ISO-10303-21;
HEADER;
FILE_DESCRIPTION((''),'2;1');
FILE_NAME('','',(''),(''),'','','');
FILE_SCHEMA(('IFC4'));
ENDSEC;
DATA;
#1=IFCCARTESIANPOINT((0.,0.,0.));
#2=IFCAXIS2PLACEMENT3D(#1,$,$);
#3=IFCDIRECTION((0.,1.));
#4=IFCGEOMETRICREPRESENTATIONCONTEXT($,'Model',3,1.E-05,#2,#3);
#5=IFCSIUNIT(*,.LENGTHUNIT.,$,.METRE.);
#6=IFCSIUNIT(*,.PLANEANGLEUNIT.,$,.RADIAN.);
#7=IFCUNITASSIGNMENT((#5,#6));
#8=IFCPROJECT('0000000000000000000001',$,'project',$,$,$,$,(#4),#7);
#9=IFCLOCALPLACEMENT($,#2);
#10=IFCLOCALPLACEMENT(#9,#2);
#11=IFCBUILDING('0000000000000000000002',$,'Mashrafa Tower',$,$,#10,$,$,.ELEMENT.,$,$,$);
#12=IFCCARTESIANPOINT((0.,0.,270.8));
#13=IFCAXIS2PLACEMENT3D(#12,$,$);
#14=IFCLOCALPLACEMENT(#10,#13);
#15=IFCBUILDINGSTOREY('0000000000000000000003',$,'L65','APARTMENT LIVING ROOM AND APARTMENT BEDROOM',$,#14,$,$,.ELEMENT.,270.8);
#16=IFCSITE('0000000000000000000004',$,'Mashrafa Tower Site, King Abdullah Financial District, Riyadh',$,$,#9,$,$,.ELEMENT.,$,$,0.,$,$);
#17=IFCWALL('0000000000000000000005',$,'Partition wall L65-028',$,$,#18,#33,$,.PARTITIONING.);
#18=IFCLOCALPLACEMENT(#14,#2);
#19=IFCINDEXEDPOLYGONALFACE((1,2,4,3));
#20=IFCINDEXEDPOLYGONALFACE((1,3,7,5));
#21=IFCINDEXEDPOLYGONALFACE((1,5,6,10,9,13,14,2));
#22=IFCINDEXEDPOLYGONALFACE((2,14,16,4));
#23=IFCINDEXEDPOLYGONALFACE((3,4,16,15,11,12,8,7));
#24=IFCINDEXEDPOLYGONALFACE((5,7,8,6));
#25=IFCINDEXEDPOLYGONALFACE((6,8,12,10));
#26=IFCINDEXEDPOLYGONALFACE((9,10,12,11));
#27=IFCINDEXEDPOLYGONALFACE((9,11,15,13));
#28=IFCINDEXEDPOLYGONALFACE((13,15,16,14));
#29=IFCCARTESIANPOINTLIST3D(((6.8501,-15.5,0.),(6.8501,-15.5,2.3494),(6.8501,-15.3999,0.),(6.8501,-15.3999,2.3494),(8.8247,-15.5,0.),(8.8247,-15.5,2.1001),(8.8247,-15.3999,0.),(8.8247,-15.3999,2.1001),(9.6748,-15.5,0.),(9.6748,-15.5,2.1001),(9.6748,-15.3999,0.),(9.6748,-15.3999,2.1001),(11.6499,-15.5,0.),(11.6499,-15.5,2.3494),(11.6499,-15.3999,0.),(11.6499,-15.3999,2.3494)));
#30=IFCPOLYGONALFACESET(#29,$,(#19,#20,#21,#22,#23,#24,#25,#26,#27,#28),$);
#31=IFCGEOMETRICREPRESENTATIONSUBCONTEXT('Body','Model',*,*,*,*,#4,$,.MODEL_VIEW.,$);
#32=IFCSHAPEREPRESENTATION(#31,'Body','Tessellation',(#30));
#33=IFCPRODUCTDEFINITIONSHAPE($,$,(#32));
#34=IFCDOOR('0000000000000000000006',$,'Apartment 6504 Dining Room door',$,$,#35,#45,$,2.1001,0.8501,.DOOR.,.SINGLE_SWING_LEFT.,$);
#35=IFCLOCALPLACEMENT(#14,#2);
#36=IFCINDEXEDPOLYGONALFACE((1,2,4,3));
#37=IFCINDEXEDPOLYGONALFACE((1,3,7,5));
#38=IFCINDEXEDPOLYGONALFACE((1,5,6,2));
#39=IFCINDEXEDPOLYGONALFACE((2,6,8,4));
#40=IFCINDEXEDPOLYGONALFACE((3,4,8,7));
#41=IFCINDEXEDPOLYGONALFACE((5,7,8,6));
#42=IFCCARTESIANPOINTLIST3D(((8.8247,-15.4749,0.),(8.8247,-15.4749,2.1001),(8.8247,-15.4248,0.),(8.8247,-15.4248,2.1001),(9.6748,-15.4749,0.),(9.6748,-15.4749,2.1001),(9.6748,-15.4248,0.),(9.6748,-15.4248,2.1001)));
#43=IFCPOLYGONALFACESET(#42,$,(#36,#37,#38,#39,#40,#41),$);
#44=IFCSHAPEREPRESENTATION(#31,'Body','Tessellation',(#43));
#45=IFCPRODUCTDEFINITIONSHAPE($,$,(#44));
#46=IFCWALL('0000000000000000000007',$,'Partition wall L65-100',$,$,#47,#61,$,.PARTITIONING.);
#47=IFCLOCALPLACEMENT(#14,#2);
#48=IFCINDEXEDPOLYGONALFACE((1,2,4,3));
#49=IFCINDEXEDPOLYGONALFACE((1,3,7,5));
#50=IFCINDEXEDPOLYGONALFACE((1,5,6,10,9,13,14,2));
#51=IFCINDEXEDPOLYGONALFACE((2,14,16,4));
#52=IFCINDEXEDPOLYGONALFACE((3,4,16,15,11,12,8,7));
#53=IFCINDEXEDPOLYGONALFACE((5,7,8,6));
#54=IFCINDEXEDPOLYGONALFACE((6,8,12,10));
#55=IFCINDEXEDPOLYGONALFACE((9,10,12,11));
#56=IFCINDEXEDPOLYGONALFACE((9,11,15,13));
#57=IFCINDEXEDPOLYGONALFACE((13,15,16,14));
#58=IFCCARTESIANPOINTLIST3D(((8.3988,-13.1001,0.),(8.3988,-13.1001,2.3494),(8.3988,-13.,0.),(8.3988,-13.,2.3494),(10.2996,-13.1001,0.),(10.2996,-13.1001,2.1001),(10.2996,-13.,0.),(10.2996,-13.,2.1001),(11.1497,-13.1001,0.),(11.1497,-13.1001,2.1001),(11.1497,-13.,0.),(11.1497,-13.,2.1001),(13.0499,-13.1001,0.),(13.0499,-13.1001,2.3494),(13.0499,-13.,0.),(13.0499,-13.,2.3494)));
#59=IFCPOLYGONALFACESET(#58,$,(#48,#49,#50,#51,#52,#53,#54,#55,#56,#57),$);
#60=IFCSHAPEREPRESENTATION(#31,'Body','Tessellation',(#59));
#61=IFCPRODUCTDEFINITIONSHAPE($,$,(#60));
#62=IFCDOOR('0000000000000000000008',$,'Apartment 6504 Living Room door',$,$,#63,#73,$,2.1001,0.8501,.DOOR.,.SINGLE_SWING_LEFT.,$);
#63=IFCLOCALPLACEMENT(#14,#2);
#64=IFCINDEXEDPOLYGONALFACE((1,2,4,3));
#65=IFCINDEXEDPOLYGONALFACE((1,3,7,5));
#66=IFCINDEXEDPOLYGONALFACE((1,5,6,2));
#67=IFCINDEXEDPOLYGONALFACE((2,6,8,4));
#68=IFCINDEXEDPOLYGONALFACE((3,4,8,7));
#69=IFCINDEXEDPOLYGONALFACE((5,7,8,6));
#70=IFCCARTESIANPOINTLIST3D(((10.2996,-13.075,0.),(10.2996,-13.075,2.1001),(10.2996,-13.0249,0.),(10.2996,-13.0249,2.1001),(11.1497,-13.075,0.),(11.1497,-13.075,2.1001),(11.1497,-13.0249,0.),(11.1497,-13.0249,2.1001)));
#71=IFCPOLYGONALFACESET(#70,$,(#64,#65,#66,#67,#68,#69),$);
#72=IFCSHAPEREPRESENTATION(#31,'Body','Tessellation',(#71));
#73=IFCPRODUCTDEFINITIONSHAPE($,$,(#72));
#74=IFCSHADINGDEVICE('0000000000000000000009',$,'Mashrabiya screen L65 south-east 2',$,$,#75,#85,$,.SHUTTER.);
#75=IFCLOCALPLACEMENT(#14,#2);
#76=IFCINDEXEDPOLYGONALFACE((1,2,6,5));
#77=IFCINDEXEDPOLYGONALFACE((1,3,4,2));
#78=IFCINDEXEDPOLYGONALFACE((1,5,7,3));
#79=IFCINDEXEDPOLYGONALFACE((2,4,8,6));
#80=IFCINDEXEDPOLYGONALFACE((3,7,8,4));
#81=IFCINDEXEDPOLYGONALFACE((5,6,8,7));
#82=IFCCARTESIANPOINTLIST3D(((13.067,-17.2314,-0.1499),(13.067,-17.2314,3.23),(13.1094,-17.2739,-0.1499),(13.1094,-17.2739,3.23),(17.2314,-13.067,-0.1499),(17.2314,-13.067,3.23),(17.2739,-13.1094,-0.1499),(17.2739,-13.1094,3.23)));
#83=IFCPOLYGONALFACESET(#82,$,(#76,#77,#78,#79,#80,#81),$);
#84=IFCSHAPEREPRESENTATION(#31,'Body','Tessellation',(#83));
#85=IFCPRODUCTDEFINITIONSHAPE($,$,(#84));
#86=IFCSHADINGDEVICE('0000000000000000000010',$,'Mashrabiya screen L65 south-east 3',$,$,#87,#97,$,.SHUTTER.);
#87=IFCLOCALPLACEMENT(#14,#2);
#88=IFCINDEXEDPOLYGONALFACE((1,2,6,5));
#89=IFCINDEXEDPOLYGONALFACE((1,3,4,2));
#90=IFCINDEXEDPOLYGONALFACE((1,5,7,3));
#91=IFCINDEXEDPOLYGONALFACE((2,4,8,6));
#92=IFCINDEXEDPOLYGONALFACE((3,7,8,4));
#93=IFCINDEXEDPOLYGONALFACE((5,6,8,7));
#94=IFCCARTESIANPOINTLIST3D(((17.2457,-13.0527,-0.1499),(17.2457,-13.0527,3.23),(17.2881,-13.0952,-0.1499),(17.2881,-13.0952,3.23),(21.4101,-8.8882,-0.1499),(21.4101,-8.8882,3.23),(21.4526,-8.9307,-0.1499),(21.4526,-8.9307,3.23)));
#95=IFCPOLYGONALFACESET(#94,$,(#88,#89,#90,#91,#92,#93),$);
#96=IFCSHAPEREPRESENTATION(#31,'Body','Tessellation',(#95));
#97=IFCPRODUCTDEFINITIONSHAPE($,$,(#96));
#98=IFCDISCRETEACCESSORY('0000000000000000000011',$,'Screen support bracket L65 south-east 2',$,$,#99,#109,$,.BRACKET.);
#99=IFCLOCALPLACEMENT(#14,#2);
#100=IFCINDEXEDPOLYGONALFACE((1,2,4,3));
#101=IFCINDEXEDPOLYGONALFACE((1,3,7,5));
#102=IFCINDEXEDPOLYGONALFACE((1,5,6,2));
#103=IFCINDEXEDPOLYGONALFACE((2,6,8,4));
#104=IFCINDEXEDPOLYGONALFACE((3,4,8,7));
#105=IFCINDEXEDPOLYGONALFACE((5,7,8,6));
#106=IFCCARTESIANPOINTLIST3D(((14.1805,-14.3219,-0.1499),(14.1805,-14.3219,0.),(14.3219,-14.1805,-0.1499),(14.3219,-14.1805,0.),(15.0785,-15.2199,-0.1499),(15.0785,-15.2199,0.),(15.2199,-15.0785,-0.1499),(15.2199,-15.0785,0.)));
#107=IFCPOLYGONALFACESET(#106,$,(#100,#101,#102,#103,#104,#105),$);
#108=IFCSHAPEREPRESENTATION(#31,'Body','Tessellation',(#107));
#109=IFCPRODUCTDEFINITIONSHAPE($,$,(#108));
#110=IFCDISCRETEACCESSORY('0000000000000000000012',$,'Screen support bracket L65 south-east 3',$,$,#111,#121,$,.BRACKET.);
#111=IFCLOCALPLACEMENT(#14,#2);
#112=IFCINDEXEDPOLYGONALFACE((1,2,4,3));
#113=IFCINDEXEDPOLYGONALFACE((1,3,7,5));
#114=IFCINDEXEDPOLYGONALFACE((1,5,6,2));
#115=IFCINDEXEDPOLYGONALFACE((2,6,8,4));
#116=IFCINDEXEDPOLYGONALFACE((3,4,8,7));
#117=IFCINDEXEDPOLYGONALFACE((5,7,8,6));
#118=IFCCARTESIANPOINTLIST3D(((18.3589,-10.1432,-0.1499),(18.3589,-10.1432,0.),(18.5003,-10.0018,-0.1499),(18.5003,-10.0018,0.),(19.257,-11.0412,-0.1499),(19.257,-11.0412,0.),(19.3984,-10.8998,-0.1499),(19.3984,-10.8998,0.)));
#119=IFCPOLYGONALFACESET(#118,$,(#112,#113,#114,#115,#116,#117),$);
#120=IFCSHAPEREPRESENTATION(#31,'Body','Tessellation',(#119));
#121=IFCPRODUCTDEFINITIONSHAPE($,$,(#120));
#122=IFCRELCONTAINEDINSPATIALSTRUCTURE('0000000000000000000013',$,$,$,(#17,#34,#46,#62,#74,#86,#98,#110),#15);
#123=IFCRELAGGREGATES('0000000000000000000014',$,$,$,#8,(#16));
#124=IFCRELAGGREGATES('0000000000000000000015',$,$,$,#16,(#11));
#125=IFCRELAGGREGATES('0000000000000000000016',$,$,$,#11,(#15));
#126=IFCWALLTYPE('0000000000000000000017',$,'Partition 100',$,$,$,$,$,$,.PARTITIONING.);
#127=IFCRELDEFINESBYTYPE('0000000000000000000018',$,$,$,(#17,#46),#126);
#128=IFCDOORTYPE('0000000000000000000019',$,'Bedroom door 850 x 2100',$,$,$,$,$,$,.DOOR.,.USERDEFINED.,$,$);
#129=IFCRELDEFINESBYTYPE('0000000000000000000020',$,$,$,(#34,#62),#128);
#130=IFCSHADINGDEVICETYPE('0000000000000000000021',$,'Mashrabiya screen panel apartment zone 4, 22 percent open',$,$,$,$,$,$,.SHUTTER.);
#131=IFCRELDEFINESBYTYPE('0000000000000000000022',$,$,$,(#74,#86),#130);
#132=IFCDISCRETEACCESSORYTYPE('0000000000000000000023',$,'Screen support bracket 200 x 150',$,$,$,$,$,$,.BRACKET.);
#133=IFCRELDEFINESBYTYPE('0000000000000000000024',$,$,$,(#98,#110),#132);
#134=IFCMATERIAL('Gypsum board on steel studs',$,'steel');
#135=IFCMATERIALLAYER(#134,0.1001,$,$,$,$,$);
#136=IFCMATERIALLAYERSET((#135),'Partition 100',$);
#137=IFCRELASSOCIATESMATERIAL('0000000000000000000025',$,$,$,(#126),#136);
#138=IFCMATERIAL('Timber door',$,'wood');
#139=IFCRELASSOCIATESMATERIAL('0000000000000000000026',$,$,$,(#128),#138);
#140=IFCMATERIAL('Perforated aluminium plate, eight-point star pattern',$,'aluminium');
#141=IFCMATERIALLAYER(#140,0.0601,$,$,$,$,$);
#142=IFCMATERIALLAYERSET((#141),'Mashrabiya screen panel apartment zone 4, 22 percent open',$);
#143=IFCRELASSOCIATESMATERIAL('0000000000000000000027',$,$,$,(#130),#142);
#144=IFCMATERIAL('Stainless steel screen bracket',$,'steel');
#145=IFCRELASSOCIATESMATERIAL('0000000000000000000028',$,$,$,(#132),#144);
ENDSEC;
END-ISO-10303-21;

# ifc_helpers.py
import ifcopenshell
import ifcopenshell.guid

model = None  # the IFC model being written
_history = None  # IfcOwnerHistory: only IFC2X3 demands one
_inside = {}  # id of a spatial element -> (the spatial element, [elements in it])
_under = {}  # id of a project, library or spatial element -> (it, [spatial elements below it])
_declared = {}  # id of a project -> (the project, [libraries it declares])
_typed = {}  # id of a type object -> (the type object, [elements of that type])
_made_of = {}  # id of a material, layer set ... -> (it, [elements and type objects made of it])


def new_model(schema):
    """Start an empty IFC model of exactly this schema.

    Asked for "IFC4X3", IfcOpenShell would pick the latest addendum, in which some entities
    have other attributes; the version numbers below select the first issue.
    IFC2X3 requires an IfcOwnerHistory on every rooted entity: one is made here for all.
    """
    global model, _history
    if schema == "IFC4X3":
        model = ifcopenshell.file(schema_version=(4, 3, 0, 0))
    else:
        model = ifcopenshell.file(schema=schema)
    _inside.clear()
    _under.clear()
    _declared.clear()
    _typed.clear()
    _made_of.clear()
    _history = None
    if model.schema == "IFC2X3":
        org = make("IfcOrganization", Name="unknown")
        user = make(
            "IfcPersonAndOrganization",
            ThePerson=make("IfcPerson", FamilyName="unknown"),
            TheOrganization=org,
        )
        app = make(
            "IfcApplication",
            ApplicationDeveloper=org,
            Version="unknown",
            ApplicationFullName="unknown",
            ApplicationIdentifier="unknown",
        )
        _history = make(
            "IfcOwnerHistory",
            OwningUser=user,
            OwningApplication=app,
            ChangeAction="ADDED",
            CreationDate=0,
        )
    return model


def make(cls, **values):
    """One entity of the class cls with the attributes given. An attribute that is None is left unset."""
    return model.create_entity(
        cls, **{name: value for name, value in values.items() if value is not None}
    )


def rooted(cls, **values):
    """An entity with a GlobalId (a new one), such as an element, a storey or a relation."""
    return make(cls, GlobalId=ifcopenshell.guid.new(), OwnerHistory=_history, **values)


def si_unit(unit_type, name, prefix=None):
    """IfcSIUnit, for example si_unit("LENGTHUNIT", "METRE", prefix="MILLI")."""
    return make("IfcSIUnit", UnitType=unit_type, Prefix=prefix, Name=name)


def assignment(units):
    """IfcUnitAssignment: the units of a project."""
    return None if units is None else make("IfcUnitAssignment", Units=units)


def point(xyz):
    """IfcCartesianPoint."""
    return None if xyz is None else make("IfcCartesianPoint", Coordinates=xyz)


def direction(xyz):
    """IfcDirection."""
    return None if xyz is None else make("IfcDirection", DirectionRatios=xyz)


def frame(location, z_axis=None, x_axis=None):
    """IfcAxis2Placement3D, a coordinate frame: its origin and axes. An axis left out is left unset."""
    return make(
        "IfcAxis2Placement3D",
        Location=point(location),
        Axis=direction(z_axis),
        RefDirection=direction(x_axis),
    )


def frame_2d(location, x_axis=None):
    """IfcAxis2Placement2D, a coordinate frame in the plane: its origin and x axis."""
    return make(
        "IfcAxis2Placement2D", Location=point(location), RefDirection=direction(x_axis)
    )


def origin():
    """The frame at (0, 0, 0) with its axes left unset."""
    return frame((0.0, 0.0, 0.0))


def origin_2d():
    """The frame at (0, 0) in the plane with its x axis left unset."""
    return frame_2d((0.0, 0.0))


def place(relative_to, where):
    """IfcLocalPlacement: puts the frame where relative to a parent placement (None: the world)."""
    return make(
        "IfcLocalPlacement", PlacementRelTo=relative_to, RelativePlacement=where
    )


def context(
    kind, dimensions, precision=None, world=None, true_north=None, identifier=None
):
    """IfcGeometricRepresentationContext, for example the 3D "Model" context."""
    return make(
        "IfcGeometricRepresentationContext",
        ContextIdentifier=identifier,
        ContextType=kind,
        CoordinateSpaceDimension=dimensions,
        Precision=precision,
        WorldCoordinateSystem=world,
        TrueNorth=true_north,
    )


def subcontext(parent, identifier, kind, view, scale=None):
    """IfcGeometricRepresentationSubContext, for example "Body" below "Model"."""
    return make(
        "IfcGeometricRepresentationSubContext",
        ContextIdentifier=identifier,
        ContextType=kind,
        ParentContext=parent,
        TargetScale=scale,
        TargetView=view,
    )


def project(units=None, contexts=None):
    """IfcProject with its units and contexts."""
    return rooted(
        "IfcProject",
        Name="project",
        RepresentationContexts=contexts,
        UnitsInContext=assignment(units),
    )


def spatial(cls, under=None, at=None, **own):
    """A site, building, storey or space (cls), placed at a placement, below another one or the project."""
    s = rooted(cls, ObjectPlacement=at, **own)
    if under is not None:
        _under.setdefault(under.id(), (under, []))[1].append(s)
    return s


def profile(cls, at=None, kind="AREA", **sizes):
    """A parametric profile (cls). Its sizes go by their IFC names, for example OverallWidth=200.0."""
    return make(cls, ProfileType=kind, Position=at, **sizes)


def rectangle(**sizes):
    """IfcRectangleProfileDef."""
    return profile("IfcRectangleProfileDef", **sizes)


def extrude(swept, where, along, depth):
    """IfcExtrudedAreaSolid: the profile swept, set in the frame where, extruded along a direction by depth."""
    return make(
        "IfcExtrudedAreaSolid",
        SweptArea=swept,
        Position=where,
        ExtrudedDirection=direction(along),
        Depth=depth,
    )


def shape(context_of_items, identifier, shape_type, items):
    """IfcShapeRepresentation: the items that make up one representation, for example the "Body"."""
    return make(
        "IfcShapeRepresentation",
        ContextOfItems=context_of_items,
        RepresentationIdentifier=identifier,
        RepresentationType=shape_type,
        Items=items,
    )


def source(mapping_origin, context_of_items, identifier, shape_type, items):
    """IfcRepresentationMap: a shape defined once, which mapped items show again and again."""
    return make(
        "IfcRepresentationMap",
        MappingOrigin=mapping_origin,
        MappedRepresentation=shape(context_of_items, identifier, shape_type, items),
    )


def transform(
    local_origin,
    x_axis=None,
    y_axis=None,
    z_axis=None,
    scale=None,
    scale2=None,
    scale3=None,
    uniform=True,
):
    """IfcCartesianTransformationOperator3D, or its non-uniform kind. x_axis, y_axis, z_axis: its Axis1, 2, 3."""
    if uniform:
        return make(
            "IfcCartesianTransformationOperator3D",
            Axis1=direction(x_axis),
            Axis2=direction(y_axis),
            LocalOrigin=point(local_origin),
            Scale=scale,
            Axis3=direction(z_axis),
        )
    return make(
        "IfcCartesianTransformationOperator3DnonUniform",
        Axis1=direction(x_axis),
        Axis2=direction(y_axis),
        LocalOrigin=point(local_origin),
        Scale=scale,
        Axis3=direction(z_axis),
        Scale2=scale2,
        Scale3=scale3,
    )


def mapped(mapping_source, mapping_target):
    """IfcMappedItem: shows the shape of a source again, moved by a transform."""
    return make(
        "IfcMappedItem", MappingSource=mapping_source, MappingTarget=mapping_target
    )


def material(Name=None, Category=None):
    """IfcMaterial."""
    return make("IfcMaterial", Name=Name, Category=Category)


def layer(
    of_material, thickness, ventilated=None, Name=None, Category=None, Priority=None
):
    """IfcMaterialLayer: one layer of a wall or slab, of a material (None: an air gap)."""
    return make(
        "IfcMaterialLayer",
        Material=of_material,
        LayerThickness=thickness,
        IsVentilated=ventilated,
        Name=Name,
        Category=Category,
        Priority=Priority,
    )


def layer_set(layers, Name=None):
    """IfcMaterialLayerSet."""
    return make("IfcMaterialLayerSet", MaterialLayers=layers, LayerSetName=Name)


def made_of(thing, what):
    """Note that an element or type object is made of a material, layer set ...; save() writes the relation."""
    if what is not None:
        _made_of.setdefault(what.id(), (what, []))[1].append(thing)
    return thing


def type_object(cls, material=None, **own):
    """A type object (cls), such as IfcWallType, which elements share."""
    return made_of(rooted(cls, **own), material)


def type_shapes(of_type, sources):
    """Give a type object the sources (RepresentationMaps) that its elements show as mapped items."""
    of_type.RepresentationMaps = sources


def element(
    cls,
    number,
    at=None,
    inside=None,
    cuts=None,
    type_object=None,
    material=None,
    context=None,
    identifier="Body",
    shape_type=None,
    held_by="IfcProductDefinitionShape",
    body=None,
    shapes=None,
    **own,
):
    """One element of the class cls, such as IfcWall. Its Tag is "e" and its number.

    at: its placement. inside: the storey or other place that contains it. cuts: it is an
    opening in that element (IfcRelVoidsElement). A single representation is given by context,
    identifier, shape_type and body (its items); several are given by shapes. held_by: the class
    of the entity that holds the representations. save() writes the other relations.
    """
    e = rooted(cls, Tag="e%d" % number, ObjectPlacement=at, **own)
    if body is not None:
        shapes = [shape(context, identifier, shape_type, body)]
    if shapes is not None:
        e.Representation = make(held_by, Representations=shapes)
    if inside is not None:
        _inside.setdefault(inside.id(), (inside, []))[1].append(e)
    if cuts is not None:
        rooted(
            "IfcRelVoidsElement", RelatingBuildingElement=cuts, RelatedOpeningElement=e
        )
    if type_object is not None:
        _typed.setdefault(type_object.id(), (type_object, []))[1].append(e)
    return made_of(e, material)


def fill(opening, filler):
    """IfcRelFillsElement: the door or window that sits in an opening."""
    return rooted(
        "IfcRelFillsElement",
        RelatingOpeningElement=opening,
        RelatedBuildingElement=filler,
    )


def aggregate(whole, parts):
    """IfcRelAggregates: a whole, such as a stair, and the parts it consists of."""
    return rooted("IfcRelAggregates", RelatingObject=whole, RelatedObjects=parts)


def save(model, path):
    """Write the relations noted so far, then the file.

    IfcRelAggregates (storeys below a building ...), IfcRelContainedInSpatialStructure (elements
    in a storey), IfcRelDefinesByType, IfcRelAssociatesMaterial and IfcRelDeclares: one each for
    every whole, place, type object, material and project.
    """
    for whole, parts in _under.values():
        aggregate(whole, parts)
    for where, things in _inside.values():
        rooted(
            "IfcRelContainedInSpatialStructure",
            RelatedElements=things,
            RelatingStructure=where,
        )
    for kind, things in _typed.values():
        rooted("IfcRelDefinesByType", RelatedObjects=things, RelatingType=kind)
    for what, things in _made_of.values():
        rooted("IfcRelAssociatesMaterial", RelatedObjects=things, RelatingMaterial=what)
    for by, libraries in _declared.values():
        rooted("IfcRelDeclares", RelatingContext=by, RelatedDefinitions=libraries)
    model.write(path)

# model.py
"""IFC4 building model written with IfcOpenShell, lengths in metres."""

from ifc_helpers import new_model, si_unit, direction, frame, frame_2d, origin, origin_2d, place, context, subcontext, project, spatial, rectangle, extrude, source, transform, mapped, material, layer, layer_set, type_object, type_shapes, element, fill, save


model = new_model("IFC4")

# Units and contexts
model_context = context("Model", 3, precision=1e-05, world=origin(), true_north=direction((0.0, 1.0)))
body_context = subcontext(model_context, "Body", "Model", "MODEL_VIEW")
ifc_project = project(units=[si_unit("LENGTHUNIT", "METRE"), si_unit("PLANEANGLEUNIT", "RADIAN")], contexts=[model_context])

# Site, building, storey
site_placement = place(None, origin())
site = spatial("IfcSite", under=ifc_project, at=site_placement, Name="Mashrafa Tower Site, King Abdullah Financial District, Riyadh", CompositionType="ELEMENT", RefElevation=0.0)
building_placement = place(site_placement, origin())
building = spatial("IfcBuilding", under=site, at=building_placement, Name="Mashrafa Tower", CompositionType="ELEMENT")
storey_placement = place(building_placement, frame((0.0, 0.0, 270.8)))
storey = spatial("IfcBuildingStorey", under=building, at=storey_placement, Name="L65", Description="APARTMENT LIVING ROOM AND APARTMENT BEDROOM", CompositionType="ELEMENT", Elevation=270.8)

# Shared definitions
ifc_material_1 = material(Name="Gypsum board on steel studs", Category="steel")
ifc_layer_1 = layer(ifc_material_1, 0.1001)
ifc_layer_set_1 = layer_set([ifc_layer_1], Name="Partition 100")
wall_type_1 = type_object("IfcWallType", Name="Partition 100", PredefinedType="PARTITIONING", material=ifc_layer_set_1)

# Walls, openings, doors
wall_1_placement = place(storey_placement, frame((11.6499, -15.45, 0.0), z_axis=(0.0, 0.0, 1.0), x_axis=(-1.0, 0.0, 0.0)))
wall_1 = element("IfcWall", 1, at=wall_1_placement, inside=storey, type_object=wall_type_1, Name="Partition wall L65-028", PredefinedType="PARTITIONING", context=body_context, shape_type="SweptSolid", body=[
    extrude(rectangle(XDim=4.7998, YDim=0.1001, at=frame_2d((2.3999, 0.0))), origin(), (0.0, 0.0, 1.0), 2.3494),
])
opening_1_placement = place(wall_1_placement, frame((1.9751, 0.0, 0.0)))
opening_1 = element("IfcOpeningElement", 2, at=opening_1_placement, cuts=wall_1, PredefinedType="OPENING", context=body_context, shape_type="SweptSolid", body=[
    extrude(rectangle(XDim=0.8501, YDim=2.1001, at=frame_2d((0.425, 1.05))), frame((0.0, 0.0601, 0.0), z_axis=(0.0, -1.0, 0.0), x_axis=(1.0, 0.0, 0.0)), (0.0, 0.0, 1.0), 0.1201),
])
ifc_material_2 = material(Name="Timber door", Category="wood")
door_type = type_object("IfcDoorType", Name="Bedroom door 850 x 2100", OperationType="USERDEFINED", PredefinedType="DOOR", material=ifc_material_2)
door_1_placement = place(opening_1_placement, origin())
door_1 = element("IfcDoor", 3, at=door_1_placement, inside=storey, type_object=door_type, Name="Apartment 6504 Dining Room door", OperationType="SINGLE_SWING_LEFT", OverallHeight=2.1001, OverallWidth=0.8501, PredefinedType="DOOR", context=body_context, shape_type="SweptSolid", body=[
    extrude(rectangle(XDim=0.8501, YDim=2.1001, at=frame_2d((0.425, 1.05))), frame((0.0, 0.0249, 0.0), z_axis=(0.0, -1.0, 0.0), x_axis=(1.0, 0.0, 0.0)), (0.0, 0.0, 1.0), 0.05),
])
fill(opening_1, door_1)
wall_2_placement = place(storey_placement, frame((13.05, -13.05, 0.0), z_axis=(0.0, 0.0, 1.0), x_axis=(-1.0, 0.0, 0.0)))
wall_2 = element("IfcWall", 4, at=wall_2_placement, inside=storey, type_object=wall_type_1, Name="Partition wall L65-100", PredefinedType="PARTITIONING", context=body_context, shape_type="SweptSolid", body=[
    extrude(rectangle(XDim=4.6511, YDim=0.1001, at=frame_2d((2.3257, 0.0))), origin(), (0.0, 0.0, 1.0), 2.3494),
])
opening_2_placement = place(wall_2_placement, frame((1.9004, 0.0, 0.0)))
opening_2 = element("IfcOpeningElement", 5, at=opening_2_placement, cuts=wall_2, PredefinedType="OPENING", context=body_context, shape_type="SweptSolid", body=[
    extrude(rectangle(XDim=0.8501, YDim=2.1001, at=frame_2d((0.425, 1.05))), frame((0.0, 0.0601, 0.0), z_axis=(0.0, -1.0, 0.0), x_axis=(1.0, 0.0, 0.0)), (0.0, 0.0, 1.0), 0.1201),
])
door_2_placement = place(opening_2_placement, origin())
door_2 = element("IfcDoor", 6, at=door_2_placement, inside=storey, type_object=door_type, Name="Apartment 6504 Living Room door", OperationType="SINGLE_SWING_LEFT", OverallHeight=2.1001, OverallWidth=0.8501, PredefinedType="DOOR", context=body_context, shape_type="SweptSolid", body=[
    extrude(rectangle(XDim=0.8501, YDim=2.1001, at=frame_2d((0.425, 1.05))), frame((0.0, 0.0249, 0.0), z_axis=(0.0, -1.0, 0.0), x_axis=(1.0, 0.0, 0.0)), (0.0, 0.0, 1.0), 0.05),
])
fill(opening_2, door_2)

# Shading devices
ifc_material_3 = material(Name="Perforated aluminium plate, eight-point star pattern", Category="aluminium")
ifc_layer_2 = layer(ifc_material_3, 0.0601)
ifc_layer_set_2 = layer_set([ifc_layer_2], Name="Mashrabiya screen panel apartment zone 4, 22 percent open")
shading_device_type = type_object("IfcShadingDeviceType", Name="Mashrabiya screen panel apartment zone 4, 22 percent open", PredefinedType="SHUTTER", material=ifc_layer_set_2)
shared_shape_1 = source(origin(), body_context, "Body", "SweptSolid", [
    extrude(rectangle(XDim=5.8894, YDim=0.0601, at=origin_2d()), origin(), (0.0, 0.0, 1.0), 3.3799),
])
type_shapes(shading_device_type, [shared_shape_1])
for number, where, z_axis, x_axis, name in (
    (7, (15.1704, -15.1704, -0.1499), (0.0, 0.0, 1.0), (0.707107, 0.707107, 0.0), "Mashrabiya screen L65 south-east 2"),
    (8, (19.3491, -10.9917, -0.1499), (0.0, 0.0, 1.0), (0.707107, 0.707107, 0.0), "Mashrabiya screen L65 south-east 3"),
):
    element("IfcShadingDevice", number, at=place(storey_placement, frame(where, z_axis=z_axis, x_axis=x_axis)), inside=storey, type_object=shading_device_type, Name=name, PredefinedType="SHUTTER", context=body_context, shape_type="MappedRepresentation", body=[
        mapped(shared_shape_1, transform((0.0, 0.0, 0.0))),
    ])

# Discrete accessories
ifc_material_4 = material(Name="Stainless steel screen bracket", Category="steel")
discrete_accessory_type = type_object("IfcDiscreteAccessoryType", Name="Screen support bracket 200 x 150", PredefinedType="BRACKET", material=ifc_material_4)
shared_shape_2 = source(origin(), body_context, "Body", "SweptSolid", [
    extrude(rectangle(XDim=0.2, YDim=1.27, at=origin_2d()), origin(), (0.0, 0.0, 1.0), 0.1499),
])
type_shapes(discrete_accessory_type, [shared_shape_2])
for number, where, z_axis, x_axis, name in (
    (9, (14.7002, -14.7002, -0.1499), (0.0, 0.0, 1.0), (0.707107, 0.707107, 0.0), "Screen support bracket L65 south-east 2"),
    (10, (18.8787, -10.5215, -0.1499), (0.0, 0.0, 1.0), (0.707107, 0.707107, 0.0), "Screen support bracket L65 south-east 3"),
):
    element("IfcDiscreteAccessory", number, at=place(storey_placement, frame(where, z_axis=z_axis, x_axis=x_axis)), inside=storey, type_object=discrete_accessory_type, Name=name, PredefinedType="BRACKET", context=body_context, shape_type="MappedRepresentation", body=[
        mapped(shared_shape_2, transform((0.0, 0.0, 0.0))),
    ])

save(model, "model.ifc")
